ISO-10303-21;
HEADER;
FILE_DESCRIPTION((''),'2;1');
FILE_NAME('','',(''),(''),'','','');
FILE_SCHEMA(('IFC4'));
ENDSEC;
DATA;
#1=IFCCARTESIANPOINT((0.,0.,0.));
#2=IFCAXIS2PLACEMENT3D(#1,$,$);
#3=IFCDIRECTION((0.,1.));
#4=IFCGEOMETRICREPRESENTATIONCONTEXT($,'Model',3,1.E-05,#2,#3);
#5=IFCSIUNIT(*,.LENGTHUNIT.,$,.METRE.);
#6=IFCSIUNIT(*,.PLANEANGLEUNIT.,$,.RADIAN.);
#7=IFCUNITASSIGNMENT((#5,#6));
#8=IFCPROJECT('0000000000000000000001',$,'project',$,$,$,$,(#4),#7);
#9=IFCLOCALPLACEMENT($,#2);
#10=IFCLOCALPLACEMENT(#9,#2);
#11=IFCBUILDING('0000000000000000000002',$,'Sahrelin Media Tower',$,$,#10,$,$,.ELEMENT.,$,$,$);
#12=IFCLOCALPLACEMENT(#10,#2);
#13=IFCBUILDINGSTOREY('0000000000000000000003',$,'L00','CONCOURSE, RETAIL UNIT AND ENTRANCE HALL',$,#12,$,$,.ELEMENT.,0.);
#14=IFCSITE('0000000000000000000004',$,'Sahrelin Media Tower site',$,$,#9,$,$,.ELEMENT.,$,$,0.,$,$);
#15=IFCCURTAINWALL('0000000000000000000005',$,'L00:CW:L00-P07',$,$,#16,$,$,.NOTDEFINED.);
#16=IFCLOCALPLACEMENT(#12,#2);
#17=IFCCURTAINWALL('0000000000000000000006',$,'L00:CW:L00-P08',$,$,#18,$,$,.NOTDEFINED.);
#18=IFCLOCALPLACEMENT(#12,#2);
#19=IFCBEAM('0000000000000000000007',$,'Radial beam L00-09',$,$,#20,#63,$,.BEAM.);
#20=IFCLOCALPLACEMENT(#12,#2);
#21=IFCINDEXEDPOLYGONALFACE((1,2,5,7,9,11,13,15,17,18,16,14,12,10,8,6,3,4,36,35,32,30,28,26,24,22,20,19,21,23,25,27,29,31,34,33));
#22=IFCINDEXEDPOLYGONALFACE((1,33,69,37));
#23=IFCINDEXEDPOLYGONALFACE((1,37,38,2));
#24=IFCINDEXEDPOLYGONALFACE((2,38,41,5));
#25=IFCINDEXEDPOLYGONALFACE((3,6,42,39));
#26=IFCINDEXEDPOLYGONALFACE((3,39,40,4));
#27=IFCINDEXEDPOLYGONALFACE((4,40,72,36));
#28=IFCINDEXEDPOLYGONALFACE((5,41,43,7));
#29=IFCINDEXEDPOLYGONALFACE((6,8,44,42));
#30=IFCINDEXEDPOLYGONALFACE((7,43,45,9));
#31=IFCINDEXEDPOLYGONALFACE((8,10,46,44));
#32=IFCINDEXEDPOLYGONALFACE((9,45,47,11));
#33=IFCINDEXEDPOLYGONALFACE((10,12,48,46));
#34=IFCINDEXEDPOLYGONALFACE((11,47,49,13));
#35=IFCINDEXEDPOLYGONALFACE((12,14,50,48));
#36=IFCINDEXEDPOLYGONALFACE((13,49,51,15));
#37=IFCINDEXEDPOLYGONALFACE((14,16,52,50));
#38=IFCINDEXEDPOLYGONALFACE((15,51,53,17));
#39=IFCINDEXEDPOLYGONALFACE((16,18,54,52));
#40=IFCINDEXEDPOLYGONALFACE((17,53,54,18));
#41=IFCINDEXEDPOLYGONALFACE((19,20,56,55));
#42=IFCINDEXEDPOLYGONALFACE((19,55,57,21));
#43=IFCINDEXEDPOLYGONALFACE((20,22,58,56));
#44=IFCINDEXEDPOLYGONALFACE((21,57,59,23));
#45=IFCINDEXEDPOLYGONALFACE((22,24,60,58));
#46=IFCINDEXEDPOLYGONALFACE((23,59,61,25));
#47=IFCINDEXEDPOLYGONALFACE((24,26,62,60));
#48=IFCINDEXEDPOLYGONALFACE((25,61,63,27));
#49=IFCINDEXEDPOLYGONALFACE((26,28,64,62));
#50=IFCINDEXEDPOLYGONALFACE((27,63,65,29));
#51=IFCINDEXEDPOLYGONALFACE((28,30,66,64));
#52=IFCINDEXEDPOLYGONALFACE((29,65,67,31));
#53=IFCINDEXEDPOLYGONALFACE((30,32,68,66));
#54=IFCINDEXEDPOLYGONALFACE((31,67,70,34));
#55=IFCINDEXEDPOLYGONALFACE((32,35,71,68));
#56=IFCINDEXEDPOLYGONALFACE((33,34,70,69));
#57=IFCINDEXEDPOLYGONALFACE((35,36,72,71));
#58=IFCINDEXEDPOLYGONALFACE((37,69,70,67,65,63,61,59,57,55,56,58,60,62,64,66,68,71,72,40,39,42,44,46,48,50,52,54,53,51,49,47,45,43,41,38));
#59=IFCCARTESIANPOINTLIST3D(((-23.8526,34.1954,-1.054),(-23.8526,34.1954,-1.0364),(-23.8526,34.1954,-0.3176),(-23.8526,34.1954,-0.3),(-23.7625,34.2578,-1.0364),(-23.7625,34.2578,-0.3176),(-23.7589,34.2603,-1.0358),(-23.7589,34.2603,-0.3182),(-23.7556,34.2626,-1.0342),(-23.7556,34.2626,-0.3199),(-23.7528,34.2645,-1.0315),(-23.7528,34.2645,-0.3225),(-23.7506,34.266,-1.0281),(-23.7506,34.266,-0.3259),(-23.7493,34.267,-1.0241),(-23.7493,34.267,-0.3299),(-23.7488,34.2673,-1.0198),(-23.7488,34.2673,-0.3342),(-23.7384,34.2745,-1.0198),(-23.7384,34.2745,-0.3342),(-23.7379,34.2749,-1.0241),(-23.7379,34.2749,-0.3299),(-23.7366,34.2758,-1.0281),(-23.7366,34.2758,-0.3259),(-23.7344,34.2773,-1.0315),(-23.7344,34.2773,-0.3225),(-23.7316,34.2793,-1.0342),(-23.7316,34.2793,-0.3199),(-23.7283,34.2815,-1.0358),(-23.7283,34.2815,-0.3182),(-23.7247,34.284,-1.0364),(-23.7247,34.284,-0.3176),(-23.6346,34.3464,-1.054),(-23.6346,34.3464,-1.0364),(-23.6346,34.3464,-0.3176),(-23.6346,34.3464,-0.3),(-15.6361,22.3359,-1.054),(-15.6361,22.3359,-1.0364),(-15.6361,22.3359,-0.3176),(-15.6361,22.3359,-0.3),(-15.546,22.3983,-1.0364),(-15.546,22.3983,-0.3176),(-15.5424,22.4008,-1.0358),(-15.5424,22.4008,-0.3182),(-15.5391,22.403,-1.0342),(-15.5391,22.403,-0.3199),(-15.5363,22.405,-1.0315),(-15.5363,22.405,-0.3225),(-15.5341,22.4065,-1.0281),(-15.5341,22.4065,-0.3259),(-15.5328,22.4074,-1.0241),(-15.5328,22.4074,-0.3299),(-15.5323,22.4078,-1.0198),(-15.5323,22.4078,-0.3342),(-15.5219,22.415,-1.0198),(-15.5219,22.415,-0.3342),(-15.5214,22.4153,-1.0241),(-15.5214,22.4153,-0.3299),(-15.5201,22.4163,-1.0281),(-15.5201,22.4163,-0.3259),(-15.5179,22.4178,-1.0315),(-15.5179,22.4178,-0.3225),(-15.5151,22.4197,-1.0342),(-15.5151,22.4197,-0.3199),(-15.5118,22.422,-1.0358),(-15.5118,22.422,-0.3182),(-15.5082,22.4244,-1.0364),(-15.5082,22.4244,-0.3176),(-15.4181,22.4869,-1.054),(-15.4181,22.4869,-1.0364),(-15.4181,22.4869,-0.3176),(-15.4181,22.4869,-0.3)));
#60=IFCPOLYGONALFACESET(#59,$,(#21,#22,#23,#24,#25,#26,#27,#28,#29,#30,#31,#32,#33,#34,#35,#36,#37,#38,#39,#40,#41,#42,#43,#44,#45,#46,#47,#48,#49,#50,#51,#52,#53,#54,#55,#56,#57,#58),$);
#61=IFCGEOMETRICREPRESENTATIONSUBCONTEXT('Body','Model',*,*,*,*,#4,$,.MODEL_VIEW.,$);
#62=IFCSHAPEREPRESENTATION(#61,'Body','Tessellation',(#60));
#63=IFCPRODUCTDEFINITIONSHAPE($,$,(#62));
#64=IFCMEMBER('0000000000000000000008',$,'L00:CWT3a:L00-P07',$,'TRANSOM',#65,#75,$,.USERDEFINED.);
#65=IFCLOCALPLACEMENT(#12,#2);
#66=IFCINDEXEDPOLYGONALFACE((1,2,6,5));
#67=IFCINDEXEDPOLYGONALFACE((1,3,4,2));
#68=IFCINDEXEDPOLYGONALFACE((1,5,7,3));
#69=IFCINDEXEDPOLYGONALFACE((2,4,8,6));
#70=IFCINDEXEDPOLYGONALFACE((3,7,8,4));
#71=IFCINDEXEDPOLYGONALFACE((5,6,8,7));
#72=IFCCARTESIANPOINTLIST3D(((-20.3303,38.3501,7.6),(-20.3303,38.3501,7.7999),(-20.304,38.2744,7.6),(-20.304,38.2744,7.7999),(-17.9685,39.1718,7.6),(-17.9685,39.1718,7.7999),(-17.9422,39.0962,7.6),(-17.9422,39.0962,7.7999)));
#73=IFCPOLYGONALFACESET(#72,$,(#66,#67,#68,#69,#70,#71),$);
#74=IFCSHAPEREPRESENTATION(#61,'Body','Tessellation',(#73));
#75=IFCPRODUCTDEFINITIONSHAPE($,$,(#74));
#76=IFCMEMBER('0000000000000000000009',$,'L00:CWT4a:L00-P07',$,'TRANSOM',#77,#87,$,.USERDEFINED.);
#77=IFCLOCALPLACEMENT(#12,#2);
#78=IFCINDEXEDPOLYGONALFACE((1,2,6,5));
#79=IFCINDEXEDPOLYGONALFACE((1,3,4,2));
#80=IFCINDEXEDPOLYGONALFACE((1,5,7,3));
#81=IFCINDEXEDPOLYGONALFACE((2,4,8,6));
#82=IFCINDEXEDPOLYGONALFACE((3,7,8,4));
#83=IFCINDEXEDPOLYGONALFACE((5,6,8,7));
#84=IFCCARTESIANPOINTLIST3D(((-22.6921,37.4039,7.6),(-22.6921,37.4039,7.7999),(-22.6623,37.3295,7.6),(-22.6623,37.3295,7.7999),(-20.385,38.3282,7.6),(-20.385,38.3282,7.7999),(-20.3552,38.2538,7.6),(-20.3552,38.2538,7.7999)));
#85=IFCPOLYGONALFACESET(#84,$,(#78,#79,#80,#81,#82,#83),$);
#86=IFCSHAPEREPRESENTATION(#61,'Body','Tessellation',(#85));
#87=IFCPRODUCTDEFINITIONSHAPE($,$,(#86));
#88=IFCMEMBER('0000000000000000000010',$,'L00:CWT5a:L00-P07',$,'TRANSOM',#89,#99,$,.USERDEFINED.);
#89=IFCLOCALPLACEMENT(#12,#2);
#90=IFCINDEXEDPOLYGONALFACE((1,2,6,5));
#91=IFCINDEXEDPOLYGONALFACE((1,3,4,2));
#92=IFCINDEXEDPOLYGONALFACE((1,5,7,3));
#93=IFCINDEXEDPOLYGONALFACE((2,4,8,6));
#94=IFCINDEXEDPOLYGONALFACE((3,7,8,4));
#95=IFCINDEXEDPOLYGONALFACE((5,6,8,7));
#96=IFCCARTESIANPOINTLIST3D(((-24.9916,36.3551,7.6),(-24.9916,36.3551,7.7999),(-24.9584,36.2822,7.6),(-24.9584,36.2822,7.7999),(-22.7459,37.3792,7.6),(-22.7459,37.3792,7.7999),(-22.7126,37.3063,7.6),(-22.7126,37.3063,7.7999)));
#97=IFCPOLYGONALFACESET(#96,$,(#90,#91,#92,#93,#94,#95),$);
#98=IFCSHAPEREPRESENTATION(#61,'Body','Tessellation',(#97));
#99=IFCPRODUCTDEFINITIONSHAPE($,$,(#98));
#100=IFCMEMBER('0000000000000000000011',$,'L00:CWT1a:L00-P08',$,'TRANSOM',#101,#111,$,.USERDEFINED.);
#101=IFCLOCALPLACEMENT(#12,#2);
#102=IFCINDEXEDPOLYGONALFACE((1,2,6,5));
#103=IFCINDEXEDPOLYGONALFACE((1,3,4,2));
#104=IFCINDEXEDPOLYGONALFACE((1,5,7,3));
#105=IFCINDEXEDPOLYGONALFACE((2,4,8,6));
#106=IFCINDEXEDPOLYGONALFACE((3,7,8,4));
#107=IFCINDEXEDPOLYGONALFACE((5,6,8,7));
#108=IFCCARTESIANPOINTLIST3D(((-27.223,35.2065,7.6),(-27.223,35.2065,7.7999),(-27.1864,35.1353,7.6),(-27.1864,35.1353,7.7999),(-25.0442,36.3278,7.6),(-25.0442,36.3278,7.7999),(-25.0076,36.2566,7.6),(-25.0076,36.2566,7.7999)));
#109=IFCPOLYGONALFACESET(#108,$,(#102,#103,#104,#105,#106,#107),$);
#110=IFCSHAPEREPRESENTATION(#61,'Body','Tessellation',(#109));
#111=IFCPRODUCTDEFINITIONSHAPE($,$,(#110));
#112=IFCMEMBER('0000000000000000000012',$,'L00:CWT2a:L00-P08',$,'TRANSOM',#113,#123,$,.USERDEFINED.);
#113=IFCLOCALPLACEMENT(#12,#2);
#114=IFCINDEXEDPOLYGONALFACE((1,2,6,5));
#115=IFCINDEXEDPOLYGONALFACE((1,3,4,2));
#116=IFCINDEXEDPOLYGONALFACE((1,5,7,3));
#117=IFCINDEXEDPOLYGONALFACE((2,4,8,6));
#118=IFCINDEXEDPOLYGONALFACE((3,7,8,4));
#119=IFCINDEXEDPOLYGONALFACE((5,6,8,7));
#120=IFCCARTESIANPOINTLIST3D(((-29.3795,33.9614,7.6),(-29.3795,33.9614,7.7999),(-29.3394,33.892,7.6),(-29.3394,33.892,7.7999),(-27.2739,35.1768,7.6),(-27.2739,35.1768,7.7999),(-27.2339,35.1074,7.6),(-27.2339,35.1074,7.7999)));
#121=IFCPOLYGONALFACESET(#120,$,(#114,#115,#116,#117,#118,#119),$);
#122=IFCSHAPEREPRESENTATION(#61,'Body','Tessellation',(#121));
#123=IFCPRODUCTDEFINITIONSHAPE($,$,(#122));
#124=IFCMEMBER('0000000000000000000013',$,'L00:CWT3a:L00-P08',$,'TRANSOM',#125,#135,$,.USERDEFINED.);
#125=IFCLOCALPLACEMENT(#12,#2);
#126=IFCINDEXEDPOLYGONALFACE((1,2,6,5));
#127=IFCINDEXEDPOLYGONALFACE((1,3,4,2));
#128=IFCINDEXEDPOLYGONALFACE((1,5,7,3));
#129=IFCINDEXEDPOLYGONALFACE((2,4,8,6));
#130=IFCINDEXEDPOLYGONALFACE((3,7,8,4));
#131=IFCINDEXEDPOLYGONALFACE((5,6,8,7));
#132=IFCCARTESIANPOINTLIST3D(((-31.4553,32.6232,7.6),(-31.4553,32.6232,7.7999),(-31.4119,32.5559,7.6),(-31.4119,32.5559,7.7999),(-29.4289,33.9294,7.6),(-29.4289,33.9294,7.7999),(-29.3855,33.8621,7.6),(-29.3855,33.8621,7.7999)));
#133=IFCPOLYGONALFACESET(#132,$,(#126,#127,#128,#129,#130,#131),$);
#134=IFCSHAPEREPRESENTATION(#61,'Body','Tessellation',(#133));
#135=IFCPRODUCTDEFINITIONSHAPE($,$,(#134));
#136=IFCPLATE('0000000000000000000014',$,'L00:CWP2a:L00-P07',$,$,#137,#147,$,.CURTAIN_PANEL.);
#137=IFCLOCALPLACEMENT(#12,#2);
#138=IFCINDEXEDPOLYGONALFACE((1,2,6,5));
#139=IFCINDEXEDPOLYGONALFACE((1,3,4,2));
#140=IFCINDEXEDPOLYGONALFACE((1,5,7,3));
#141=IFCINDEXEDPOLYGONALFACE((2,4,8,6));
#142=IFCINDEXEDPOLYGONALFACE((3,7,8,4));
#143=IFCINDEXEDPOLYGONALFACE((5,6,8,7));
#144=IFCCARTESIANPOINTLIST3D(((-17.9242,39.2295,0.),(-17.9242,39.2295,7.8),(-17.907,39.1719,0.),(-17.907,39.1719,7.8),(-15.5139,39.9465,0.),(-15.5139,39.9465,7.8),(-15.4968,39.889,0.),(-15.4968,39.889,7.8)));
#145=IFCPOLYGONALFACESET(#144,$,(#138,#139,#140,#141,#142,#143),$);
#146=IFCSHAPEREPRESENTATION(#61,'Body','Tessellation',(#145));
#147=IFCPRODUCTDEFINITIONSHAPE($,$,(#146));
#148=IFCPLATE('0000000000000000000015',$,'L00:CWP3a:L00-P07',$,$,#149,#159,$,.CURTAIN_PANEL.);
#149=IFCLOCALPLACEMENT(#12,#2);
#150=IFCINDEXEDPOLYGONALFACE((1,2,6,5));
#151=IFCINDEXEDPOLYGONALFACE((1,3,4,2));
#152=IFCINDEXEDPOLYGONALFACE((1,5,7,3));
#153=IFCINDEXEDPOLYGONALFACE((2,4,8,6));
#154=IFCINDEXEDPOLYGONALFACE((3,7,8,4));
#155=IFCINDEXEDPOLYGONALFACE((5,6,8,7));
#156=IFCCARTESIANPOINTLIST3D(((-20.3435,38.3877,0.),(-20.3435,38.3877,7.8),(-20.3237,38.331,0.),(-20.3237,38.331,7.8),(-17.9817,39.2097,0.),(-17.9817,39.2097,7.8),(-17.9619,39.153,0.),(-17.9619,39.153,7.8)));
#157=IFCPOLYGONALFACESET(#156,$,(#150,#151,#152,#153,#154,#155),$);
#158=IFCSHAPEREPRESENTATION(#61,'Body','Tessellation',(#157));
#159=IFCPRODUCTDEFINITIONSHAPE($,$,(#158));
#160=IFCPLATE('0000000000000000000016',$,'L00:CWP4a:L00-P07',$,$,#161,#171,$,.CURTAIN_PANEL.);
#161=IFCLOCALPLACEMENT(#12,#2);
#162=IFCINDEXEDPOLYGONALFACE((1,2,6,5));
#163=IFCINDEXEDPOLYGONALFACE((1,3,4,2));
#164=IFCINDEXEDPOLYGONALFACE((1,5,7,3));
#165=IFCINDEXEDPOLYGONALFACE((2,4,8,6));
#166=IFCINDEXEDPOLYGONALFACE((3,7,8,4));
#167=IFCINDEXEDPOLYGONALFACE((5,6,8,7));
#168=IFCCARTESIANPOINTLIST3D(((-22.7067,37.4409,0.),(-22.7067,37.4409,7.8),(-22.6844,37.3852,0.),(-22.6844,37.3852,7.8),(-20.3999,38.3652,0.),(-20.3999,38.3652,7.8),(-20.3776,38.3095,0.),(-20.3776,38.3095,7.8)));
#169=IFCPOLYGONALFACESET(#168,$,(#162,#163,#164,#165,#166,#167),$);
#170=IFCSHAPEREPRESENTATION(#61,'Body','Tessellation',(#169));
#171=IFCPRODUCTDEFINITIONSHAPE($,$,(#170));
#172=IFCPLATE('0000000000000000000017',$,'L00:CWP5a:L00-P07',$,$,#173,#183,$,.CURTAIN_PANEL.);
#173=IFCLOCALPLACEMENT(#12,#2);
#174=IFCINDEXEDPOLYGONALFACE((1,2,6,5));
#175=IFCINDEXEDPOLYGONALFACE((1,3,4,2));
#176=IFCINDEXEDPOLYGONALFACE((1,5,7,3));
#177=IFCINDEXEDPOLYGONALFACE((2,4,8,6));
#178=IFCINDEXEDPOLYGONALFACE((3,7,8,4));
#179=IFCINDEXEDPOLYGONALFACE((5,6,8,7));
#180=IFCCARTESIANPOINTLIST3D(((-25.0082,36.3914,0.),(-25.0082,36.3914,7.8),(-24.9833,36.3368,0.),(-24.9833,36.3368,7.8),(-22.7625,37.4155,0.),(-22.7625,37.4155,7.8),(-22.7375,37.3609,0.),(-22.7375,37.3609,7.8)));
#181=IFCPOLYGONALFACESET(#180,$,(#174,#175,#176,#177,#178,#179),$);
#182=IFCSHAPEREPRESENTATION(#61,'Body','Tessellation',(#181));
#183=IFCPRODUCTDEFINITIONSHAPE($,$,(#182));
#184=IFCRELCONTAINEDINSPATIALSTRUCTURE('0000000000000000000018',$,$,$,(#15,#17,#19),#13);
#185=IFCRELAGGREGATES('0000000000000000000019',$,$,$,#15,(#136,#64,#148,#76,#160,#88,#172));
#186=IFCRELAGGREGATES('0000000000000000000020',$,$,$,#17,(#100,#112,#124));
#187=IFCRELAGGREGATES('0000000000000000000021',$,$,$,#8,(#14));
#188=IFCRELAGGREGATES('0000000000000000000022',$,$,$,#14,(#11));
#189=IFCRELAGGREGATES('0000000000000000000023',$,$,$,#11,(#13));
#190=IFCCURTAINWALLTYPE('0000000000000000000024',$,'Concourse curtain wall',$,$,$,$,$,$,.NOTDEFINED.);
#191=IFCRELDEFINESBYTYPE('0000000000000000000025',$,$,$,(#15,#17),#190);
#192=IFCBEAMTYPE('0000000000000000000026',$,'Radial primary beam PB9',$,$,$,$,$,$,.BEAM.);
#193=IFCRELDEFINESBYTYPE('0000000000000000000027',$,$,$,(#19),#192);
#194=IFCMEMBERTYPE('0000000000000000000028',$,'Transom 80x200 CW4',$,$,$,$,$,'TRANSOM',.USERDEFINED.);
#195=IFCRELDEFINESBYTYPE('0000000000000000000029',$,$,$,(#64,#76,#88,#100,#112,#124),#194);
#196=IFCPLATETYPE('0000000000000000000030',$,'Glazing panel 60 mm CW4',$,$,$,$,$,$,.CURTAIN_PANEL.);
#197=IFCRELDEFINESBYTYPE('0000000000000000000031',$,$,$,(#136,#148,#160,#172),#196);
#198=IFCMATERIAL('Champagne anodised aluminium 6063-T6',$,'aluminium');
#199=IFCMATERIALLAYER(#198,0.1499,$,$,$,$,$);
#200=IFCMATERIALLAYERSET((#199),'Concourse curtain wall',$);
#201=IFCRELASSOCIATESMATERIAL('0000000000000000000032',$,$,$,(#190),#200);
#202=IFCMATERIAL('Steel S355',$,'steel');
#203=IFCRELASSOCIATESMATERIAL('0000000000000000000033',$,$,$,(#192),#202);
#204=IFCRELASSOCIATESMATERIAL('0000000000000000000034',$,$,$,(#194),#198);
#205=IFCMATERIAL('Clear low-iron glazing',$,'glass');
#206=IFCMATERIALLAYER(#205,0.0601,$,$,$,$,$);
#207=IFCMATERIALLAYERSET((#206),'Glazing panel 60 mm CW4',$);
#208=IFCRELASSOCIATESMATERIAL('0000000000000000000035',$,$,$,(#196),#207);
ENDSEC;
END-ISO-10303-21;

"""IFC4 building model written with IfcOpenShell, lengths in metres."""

from ifc_helpers import new_model, si_unit, direction, frame, origin, origin_2d, place, context, subcontext, project, spatial, polyline, rectangle, i_section, outline, extrude, material, layer, layer_set, material_profile, profile_set, type_object, element, aggregate, save


model = new_model("IFC4")

# Units and contexts
model_context = context("Model", 3, precision=1e-05, world=origin(), true_north=direction((0.0, 1.0)))
body_context = subcontext(model_context, "Body", "Model", "MODEL_VIEW")
ifc_project = project(units=[si_unit("LENGTHUNIT", "METRE"), si_unit("PLANEANGLEUNIT", "RADIAN")], contexts=[model_context])

# Site, building, storey
site_placement = place(None, origin())
site = spatial("IfcSite", under=ifc_project, at=site_placement, Name="Sahrelin Media Tower site", CompositionType="ELEMENT", RefElevation=0.0)
building_placement = place(site_placement, origin())
building = spatial("IfcBuilding", under=site, at=building_placement, Name="Sahrelin Media Tower", CompositionType="ELEMENT")
storey_placement = place(building_placement, origin())
storey = spatial("IfcBuildingStorey", under=building, at=storey_placement, Name="L00", Description="CONCOURSE, RETAIL UNIT AND ENTRANCE HALL", CompositionType="ELEMENT", Elevation=0.0)

# Curtain walls
ifc_material_1 = material(Name="Champagne anodised aluminium 6063-T6", Category="aluminium")
ifc_layer_1 = layer(ifc_material_1, 0.1499)
ifc_layer_set_1 = layer_set([ifc_layer_1], Name="Concourse curtain wall")
curtain_wall_type = type_object("IfcCurtainWallType", Name="Concourse curtain wall", PredefinedType="NOTDEFINED", material=ifc_layer_set_1)
curtain_wall_1_placement = place(storey_placement, frame((-12.9409, 40.5688, 0.0), z_axis=(0.0, 0.0, 1.0), x_axis=(1.0, 0.0, 0.0)))
curtain_wall_1 = element("IfcCurtainWall", 1, at=curtain_wall_1_placement, inside=storey, type_object=curtain_wall_type, Name="L00:CW:L00-P07", PredefinedType="NOTDEFINED")
curtain_wall_2_placement = place(storey_placement, frame((-25.0, 36.373, 0.0), z_axis=(0.0, 0.0, 1.0), x_axis=(1.0, 0.0, 0.0)))
curtain_wall_2 = element("IfcCurtainWall", 2, at=curtain_wall_2_placement, inside=storey, type_object=curtain_wall_type, Name="L00:CW:L00-P08", PredefinedType="NOTDEFINED")

# Beam
ifc_material_2 = material(Name="Steel S355", Category="steel")
ifc_material_profile_1 = material_profile(ifc_material_2, i_section(OverallWidth=0.2651, OverallDepth=0.7539, WebThickness=0.0127, FlangeThickness=0.0176, FilletRadius=0.0166, at=origin_2d()), Name="UB 762x267x147")
ifc_profile_set_1 = profile_set([ifc_material_profile_1], Name="Steel S355")
beam_type_1 = type_object("IfcBeamType", Name="Radial primary beam PB9", PredefinedType="BEAM", material=ifc_profile_set_1)
beam_1_placement = place(storey_placement, frame((-15.5271, 22.4114, -0.677), z_axis=(-0.569493, 0.821996, 0.0), x_axis=(-0.821996, -0.569493, 0.0)))
element("IfcBeam", 3, at=beam_1_placement, inside=storey, type_object=beam_type_1, Name="Radial beam L00-09", PredefinedType="BEAM", context=body_context, shape_type="SweptSolid", body=[
    extrude(i_section(OverallWidth=0.2651, OverallDepth=0.7539, WebThickness=0.0127, FlangeThickness=0.0176, FilletRadius=0.0166, at=origin_2d()), origin(), (0.0, 0.0, 1.0), 14.4277),
])

# Members
ifc_material_profile_2 = material_profile(ifc_material_1, rectangle(XDim=0.0801, YDim=0.2, at=origin_2d()), Name="Transom 80x200")
ifc_profile_set_2 = profile_set([ifc_material_profile_2], Name="Champagne anodised aluminium 6063-T6")
member_type_1 = type_object("IfcMemberType", Name="Transom 80x200 CW4", ElementType="TRANSOM", PredefinedType="USERDEFINED", material=ifc_profile_set_2)
member_1_placement = place(storey_placement, frame((-17.9553, 39.134, 7.7), z_axis=(-0.944463, -0.328619, 0.0), x_axis=(0.328619, -0.944463, 0.0)))
member_1 = element("IfcMember", 4, at=member_1_placement, type_object=member_type_1, Name="L00:CWT3a:L00-P07", ObjectType="TRANSOM", PredefinedType="USERDEFINED", context=body_context, shape_type="SweptSolid", body=[
    extrude(rectangle(XDim=0.0801, YDim=0.2, at=origin_2d()), origin(), (0.0, 0.0, 1.0), 2.5007),
])
member_2_placement = place(storey_placement, frame((-20.3701, 38.291, 7.7), z_axis=(-0.928273, -0.371899, 0.0), x_axis=(0.371899, -0.928273, 0.0)))
member_2 = element("IfcMember", 5, at=member_2_placement, type_object=member_type_1, Name="L00:CWT4a:L00-P07", ObjectType="TRANSOM", PredefinedType="USERDEFINED", context=body_context, shape_type="SweptSolid", body=[
    extrude(rectangle(XDim=0.0801, YDim=0.2, at=origin_2d()), origin(), (0.0, 0.0, 1.0), 2.4854),
])
member_3_placement = place(storey_placement, frame((-22.7292, 37.3428, 7.7), z_axis=(-0.909858, -0.41492, 0.0), x_axis=(0.41492, -0.909858, 0.0)))
member_3 = element("IfcMember", 6, at=member_3_placement, type_object=member_type_1, Name="L00:CWT5a:L00-P07", ObjectType="TRANSOM", PredefinedType="USERDEFINED", context=body_context, shape_type="SweptSolid", body=[
    extrude(rectangle(XDim=0.0801, YDim=0.2, at=origin_2d()), origin(), (0.0, 0.0, 1.0), 2.4683),
])
member_4_placement = place(storey_placement, frame((-25.0259, 36.2922, 7.7), z_axis=(-0.889145, -0.457625, 0.0), x_axis=(0.457625, -0.889145, 0.0)))
member_4 = element("IfcMember", 7, at=member_4_placement, type_object=member_type_1, Name="L00:CWT1a:L00-P08", ObjectType="TRANSOM", PredefinedType="USERDEFINED", context=body_context, shape_type="SweptSolid", body=[
    extrude(rectangle(XDim=0.0801, YDim=0.2, at=origin_2d()), origin(), (0.0, 0.0, 1.0), 2.4504),
])
member_5_placement = place(storey_placement, frame((-27.2539, 35.1421, 7.7), z_axis=(-0.866072, -0.49992, 0.0), x_axis=(0.49992, -0.866072, 0.0)))
member_5 = element("IfcMember", 8, at=member_5_placement, type_object=member_type_1, Name="L00:CWT2a:L00-P08", ObjectType="TRANSOM", PredefinedType="USERDEFINED", context=body_context, shape_type="SweptSolid", body=[
    extrude(rectangle(XDim=0.0801, YDim=0.2, at=origin_2d()), origin(), (0.0, 0.0, 1.0), 2.4312),
])
member_6_placement = place(storey_placement, frame((-29.4072, 33.8958, 7.7), z_axis=(-0.84052, -0.541781, 0.0), x_axis=(0.541781, -0.84052, 0.0)))
member_6 = element("IfcMember", 9, at=member_6_placement, type_object=member_type_1, Name="L00:CWT3a:L00-P08", ObjectType="TRANSOM", PredefinedType="USERDEFINED", context=body_context, shape_type="SweptSolid", body=[
    extrude(rectangle(XDim=0.0801, YDim=0.2, at=origin_2d()), origin(), (0.0, 0.0, 1.0), 2.4109),
])

# Plates
ifc_material_3 = material(Name="Clear low-iron glazing", Category="glass")
ifc_layer_2 = layer(ifc_material_3, 0.0601)
ifc_layer_set_2 = layer_set([ifc_layer_2], Name="Glazing panel 60 mm CW4")
plate_type = type_object("IfcPlateType", Name="Glazing panel 60 mm CW4", PredefinedType="CURTAIN_PANEL", material=ifc_layer_set_2)
plate_1_placement = place(storey_placement, frame((-15.5139, 39.9465, 0.0), z_axis=(-0.285156, 0.958481, 0.0), x_axis=(-0.958481, -0.285156, 0.0)))
plate_1 = element("IfcPlate", 10, at=plate_1_placement, type_object=plate_type, Name="L00:CWP2a:L00-P07", PredefinedType="CURTAIN_PANEL", context=body_context, shape_type="SweptSolid", body=[
    extrude(outline(polyline([(0.0, 0.0), (2.5146, 0.0), (2.5146, 7.8), (0.0, 7.8), (0.0, 0.0)])), origin(), (0.0, 0.0, -1.0), 0.0601),
])
plate_2_placement = place(storey_placement, frame((-17.9817, 39.2097, 0.0), z_axis=(-0.328706, 0.944432, 0.0), x_axis=(-0.944432, -0.328706, 0.0)))
plate_2 = element("IfcPlate", 11, at=plate_2_placement, type_object=plate_type, Name="L00:CWP3a:L00-P07", PredefinedType="CURTAIN_PANEL", context=body_context, shape_type="SweptSolid", body=[
    extrude(outline(polyline([(0.0, 0.0), (2.5007, 0.0), (2.5007, 7.8), (0.0, 7.8), (0.0, 0.0)])), origin(), (0.0, 0.0, -1.0), 0.0601),
])
plate_3_placement = place(storey_placement, frame((-20.3999, 38.3652, 0.0), z_axis=(-0.371933, 0.92826, 0.0), x_axis=(-0.92826, -0.371933, 0.0)))
plate_3 = element("IfcPlate", 12, at=plate_3_placement, type_object=plate_type, Name="L00:CWP4a:L00-P07", PredefinedType="CURTAIN_PANEL", context=body_context, shape_type="SweptSolid", body=[
    extrude(outline(polyline([(0.0, 0.0), (2.4851, 0.0), (2.4851, 7.8), (0.0, 7.8), (0.0, 0.0)])), origin(), (0.0, 0.0, -1.0), 0.0601),
])
plate_4_placement = place(storey_placement, frame((-22.7625, 37.4155, 0.0), z_axis=(-0.41492, 0.909858, 0.0), x_axis=(-0.909858, -0.41492, 0.0)))
plate_4 = element("IfcPlate", 13, at=plate_4_placement, type_object=plate_type, Name="L00:CWP5a:L00-P07", PredefinedType="CURTAIN_PANEL", context=body_context, shape_type="SweptSolid", body=[
    extrude(outline(polyline([(0.0, 0.0), (2.4683, 0.0), (2.4683, 7.8), (0.0, 7.8), (0.0, 0.0)])), origin(), (0.0, 0.0, -1.0), 0.0601),
])
aggregate(curtain_wall_1, [plate_1, member_1, plate_2, member_2, plate_3, member_3, plate_4])
aggregate(curtain_wall_2, [member_4, member_5, member_6])

save(model, "model.ifc")
